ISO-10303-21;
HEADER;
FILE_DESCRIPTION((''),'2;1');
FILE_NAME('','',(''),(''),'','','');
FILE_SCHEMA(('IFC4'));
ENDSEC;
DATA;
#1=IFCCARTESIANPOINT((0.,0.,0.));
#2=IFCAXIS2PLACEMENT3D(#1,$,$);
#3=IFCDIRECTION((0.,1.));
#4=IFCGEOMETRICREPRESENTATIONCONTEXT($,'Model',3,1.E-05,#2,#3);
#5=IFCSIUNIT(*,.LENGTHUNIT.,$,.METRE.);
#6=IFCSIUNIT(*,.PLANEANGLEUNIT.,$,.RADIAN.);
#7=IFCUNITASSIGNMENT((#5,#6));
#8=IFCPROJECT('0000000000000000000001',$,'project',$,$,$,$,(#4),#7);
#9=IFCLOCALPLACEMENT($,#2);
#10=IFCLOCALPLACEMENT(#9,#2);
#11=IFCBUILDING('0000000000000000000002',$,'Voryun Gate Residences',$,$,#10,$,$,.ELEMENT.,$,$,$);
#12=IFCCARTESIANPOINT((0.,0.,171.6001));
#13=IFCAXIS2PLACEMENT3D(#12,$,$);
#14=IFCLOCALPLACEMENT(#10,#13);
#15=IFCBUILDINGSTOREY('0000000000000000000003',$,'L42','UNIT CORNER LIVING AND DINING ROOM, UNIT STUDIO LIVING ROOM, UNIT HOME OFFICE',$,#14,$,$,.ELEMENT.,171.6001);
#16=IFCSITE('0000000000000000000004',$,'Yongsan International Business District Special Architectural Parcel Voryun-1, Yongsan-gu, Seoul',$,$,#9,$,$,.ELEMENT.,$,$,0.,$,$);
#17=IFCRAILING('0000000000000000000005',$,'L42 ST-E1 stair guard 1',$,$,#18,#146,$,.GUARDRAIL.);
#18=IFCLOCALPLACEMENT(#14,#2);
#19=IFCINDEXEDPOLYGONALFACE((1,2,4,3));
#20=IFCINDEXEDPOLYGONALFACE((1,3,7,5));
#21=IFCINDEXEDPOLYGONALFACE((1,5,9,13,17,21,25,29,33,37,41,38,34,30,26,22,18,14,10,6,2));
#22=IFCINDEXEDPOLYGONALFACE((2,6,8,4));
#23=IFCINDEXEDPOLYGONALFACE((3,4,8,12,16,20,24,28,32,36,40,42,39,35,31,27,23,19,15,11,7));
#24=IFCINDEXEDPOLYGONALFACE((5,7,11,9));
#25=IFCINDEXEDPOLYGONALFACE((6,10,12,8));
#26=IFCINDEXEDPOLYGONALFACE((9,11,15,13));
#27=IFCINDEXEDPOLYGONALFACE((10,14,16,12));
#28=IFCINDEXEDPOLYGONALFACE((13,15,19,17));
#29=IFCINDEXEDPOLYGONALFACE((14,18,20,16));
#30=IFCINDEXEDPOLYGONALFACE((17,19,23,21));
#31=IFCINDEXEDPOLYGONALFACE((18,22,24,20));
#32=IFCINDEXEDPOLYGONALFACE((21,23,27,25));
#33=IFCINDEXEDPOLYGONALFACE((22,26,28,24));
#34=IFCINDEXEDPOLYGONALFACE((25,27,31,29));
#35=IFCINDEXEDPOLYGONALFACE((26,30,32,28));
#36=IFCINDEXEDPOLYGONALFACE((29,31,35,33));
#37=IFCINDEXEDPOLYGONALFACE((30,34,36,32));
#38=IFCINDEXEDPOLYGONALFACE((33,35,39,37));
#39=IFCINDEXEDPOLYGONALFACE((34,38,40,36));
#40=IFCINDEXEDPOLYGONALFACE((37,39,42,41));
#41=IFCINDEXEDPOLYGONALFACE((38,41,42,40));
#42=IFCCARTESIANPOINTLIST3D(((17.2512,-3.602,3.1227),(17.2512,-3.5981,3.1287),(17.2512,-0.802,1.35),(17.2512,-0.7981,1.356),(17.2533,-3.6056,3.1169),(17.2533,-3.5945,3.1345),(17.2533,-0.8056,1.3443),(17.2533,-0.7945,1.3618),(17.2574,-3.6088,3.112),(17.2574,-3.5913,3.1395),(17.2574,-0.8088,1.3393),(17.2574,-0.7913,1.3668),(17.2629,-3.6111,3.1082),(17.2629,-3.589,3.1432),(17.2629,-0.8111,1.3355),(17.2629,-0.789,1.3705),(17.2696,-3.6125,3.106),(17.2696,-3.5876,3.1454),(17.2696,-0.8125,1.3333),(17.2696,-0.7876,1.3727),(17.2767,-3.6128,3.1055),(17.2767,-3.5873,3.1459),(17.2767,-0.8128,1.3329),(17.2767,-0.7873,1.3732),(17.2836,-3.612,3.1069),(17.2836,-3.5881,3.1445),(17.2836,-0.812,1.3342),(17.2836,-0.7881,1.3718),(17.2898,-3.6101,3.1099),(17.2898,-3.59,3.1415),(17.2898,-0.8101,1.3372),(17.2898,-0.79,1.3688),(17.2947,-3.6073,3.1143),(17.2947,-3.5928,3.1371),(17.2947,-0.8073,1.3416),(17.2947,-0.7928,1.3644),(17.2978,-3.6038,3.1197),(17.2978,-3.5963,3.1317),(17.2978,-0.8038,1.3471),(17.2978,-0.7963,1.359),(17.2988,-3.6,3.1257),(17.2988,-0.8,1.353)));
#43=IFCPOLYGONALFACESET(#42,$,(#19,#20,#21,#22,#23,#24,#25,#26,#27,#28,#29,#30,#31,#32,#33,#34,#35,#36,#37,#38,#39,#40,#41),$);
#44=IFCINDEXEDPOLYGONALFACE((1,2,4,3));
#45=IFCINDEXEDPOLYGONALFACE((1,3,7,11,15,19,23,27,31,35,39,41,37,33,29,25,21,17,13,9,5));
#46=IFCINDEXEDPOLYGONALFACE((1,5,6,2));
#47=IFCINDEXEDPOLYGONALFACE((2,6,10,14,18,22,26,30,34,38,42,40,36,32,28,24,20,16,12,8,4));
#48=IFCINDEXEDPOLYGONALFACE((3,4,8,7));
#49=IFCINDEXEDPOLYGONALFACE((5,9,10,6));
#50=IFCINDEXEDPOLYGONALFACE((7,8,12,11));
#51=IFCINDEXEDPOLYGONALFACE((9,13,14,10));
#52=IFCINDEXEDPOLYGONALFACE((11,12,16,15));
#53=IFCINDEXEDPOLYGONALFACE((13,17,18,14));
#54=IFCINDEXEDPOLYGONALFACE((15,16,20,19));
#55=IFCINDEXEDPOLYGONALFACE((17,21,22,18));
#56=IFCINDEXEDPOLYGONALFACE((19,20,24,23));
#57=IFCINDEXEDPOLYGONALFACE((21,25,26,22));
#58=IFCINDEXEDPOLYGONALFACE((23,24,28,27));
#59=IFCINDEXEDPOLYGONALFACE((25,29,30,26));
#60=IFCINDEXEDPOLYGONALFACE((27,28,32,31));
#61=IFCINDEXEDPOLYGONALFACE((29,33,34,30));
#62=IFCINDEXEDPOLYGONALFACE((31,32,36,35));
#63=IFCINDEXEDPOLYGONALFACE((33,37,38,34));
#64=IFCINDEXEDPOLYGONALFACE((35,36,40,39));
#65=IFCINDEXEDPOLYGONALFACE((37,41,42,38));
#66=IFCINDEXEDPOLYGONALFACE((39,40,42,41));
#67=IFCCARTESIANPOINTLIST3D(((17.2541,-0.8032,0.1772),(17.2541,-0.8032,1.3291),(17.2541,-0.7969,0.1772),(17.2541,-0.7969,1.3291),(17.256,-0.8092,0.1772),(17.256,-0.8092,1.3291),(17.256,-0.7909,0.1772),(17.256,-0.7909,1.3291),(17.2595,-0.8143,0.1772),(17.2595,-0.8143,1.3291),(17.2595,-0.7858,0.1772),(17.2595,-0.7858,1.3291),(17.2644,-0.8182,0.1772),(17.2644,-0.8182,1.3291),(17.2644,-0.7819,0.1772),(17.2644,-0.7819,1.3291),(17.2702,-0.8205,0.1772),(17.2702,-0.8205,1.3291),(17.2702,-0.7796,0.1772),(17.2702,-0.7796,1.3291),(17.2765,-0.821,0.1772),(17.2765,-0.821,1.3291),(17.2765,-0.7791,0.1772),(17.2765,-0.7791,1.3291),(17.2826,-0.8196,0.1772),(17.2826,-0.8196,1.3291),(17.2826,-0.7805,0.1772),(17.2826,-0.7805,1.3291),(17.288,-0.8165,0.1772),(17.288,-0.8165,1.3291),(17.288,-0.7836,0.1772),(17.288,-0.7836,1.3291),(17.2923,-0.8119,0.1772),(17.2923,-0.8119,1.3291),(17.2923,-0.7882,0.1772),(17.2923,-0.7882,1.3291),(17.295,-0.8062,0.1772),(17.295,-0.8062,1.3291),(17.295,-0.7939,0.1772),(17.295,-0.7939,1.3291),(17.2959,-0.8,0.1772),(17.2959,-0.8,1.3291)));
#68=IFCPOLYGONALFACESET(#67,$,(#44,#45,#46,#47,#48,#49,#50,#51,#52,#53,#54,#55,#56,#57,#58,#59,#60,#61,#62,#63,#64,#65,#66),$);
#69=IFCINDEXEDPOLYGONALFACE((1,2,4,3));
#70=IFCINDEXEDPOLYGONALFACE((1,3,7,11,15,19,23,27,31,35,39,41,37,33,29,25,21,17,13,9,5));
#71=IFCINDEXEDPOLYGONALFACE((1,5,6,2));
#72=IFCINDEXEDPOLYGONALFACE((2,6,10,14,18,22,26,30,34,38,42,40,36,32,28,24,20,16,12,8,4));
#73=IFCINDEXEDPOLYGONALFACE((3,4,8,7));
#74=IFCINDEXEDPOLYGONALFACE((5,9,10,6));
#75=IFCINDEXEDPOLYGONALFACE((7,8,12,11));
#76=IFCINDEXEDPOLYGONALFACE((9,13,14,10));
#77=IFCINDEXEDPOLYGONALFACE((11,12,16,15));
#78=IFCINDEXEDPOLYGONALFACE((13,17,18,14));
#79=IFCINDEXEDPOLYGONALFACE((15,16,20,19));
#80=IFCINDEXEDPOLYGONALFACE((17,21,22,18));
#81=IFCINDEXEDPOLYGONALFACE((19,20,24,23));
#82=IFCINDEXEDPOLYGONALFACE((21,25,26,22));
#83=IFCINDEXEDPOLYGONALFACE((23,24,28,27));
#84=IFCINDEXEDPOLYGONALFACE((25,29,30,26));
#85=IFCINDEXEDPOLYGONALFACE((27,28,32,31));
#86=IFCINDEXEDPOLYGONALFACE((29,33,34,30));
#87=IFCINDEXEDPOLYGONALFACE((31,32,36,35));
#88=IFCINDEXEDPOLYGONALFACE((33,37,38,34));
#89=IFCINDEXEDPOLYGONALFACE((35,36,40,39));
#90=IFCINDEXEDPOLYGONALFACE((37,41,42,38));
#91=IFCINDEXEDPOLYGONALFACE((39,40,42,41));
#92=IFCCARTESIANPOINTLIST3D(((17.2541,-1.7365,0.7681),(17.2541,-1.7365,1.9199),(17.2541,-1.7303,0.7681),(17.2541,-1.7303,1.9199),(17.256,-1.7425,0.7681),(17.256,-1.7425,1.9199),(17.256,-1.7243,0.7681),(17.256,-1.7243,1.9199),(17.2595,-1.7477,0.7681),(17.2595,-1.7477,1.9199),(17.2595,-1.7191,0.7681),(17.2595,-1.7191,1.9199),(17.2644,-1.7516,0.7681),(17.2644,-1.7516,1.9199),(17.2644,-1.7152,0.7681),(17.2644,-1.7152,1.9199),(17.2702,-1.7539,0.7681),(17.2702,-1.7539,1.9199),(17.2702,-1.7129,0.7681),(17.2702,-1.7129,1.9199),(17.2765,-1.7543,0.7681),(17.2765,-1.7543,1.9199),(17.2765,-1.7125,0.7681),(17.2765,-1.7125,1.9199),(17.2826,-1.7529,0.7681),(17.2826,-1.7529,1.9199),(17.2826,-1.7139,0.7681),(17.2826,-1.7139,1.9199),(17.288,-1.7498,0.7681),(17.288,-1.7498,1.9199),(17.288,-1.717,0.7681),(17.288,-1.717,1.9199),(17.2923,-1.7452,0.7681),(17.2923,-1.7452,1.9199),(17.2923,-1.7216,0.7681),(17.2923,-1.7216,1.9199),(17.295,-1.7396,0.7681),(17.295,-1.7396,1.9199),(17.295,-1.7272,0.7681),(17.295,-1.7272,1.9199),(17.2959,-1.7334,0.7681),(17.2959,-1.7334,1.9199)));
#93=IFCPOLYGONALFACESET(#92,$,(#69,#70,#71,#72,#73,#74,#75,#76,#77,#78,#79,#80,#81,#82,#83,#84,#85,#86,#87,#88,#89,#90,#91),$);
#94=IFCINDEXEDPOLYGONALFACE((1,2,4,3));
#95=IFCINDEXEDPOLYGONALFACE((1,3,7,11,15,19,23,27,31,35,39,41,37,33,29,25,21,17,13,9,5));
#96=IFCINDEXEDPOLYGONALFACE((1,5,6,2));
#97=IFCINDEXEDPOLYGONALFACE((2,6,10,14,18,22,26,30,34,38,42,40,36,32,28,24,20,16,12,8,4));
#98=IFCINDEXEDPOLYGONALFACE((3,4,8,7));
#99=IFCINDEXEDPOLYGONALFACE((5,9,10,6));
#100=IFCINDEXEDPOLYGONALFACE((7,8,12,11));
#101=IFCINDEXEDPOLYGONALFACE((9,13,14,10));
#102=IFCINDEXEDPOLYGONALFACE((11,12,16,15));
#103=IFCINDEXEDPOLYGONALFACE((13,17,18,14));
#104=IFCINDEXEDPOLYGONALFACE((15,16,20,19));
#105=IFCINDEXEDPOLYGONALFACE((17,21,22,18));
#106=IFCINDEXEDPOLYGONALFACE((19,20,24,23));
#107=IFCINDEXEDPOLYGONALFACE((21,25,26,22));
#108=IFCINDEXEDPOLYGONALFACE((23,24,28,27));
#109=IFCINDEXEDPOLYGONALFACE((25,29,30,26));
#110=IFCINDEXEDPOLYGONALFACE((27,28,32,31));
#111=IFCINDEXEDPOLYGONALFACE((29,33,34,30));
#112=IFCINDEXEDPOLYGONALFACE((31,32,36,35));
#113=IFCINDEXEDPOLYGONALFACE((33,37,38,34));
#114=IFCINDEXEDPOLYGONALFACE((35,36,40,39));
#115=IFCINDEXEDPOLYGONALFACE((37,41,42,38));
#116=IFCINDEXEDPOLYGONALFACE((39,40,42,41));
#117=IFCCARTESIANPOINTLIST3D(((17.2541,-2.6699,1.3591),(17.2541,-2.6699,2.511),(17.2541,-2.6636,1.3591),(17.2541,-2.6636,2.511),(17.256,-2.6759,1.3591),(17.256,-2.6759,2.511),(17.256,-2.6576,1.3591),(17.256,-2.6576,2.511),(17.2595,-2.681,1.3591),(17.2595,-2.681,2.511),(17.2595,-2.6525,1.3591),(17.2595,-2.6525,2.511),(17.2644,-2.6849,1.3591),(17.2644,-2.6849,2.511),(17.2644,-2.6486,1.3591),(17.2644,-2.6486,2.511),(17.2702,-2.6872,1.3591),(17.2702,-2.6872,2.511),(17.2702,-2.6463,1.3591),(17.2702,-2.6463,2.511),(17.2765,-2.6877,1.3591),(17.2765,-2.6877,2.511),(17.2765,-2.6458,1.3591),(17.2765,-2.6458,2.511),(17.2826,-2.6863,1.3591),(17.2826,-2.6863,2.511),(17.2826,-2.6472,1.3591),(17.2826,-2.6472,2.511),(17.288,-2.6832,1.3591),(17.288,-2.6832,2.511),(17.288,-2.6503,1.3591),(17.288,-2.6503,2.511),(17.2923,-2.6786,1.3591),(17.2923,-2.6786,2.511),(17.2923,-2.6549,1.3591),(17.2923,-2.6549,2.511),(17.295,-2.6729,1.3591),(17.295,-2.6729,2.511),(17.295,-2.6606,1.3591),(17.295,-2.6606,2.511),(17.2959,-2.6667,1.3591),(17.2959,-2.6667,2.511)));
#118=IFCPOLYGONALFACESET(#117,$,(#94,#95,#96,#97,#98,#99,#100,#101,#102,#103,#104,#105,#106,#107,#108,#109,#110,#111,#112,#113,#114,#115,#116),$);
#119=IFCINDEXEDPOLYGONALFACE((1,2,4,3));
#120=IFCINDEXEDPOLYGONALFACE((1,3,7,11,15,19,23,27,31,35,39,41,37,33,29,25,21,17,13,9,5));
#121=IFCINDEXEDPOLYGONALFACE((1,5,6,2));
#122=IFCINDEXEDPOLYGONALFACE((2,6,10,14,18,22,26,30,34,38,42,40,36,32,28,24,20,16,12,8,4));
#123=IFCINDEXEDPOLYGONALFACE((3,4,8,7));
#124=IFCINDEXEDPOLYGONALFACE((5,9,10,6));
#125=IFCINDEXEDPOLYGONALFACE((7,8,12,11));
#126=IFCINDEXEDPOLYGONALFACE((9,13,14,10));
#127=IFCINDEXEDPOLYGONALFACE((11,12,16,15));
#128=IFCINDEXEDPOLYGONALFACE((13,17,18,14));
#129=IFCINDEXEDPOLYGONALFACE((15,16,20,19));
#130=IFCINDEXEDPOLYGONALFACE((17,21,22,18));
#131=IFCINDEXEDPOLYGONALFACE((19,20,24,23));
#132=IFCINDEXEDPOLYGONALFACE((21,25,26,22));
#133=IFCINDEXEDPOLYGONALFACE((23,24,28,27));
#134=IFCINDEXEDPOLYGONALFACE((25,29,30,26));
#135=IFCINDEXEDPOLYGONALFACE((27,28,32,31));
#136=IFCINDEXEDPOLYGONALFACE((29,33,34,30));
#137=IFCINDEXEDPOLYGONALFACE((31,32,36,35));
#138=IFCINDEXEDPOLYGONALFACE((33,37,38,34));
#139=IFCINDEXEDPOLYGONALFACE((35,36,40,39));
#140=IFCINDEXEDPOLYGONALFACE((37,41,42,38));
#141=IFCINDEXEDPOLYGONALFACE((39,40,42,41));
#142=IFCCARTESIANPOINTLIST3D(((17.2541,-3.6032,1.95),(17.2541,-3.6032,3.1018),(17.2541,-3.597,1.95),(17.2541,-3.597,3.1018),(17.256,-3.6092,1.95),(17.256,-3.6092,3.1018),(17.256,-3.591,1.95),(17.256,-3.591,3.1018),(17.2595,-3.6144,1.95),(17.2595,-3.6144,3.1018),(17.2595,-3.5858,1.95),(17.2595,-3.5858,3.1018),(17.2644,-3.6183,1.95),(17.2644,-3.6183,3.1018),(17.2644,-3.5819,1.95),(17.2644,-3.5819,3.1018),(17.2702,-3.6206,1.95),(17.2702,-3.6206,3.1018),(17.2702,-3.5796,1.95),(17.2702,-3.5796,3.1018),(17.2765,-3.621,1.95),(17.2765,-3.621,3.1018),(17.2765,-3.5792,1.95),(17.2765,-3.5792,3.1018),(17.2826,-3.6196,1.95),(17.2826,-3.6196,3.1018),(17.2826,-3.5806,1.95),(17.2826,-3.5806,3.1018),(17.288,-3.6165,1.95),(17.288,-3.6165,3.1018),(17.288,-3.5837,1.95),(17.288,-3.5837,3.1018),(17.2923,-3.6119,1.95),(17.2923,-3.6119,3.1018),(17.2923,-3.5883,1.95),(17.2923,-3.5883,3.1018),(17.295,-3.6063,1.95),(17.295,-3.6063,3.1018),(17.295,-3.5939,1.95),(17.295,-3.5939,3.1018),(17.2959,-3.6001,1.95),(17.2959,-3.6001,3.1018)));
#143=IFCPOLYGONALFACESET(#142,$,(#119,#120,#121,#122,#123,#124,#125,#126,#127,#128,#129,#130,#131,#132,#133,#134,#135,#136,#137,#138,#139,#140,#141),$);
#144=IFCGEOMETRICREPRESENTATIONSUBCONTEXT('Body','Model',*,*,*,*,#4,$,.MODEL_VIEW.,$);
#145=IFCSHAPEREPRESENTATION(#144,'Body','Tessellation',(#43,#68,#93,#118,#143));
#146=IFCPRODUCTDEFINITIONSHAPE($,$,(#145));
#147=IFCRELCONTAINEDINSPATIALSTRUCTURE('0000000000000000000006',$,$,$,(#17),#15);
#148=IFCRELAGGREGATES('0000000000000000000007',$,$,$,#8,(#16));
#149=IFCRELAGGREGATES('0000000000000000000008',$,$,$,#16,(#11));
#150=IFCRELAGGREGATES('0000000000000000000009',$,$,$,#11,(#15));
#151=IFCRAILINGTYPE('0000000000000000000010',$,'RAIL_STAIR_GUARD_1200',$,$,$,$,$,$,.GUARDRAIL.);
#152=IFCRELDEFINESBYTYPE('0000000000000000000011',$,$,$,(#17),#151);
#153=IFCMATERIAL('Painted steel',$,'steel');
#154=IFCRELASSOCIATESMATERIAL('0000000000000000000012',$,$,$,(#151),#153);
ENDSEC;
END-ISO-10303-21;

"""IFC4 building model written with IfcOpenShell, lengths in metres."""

from ifc_helpers import new_model, si_unit, direction, frame, origin, origin_2d, place, context, subcontext, project, spatial, circle, extrude, material, type_object, element, save


model = new_model("IFC4")

# Units and contexts
model_context = context("Model", 3, precision=1e-05, world=origin(), true_north=direction((0.0, 1.0)))
body_context = subcontext(model_context, "Body", "Model", "MODEL_VIEW")
ifc_project = project(units=[si_unit("LENGTHUNIT", "METRE"), si_unit("PLANEANGLEUNIT", "RADIAN")], contexts=[model_context])

# Site, building, storey
site_placement = place(None, origin())
site = spatial("IfcSite", under=ifc_project, at=site_placement, Name="Yongsan International Business District Special Architectural Parcel Voryun-1, Yongsan-gu, Seoul", CompositionType="ELEMENT", RefElevation=0.0)
building_placement = place(site_placement, origin())
building = spatial("IfcBuilding", under=site, at=building_placement, Name="Voryun Gate Residences", CompositionType="ELEMENT")
storey_placement = place(building_placement, frame((0.0, 0.0, 171.6001)))
storey = spatial("IfcBuildingStorey", under=building, at=storey_placement, Name="L42", Description="UNIT CORNER LIVING AND DINING ROOM, UNIT STUDIO LIVING ROOM, UNIT HOME OFFICE", CompositionType="ELEMENT", Elevation=171.6001)

# Railing
ifc_material_1 = material(Name="Painted steel", Category="steel")
railing_type_1 = type_object("IfcRailingType", Name="RAIL_STAIR_GUARD_1200", PredefinedType="GUARDRAIL", material=ifc_material_1)
railing_1_placement = place(storey_placement, frame((17.2749, -0.8, 0.1772)))
element("IfcRailing", 1, at=railing_1_placement, inside=storey, type_object=railing_type_1, Name="L42 ST-E1 stair guard 1", PredefinedType="GUARDRAIL", context=body_context, shape_type="SweptSolid", body=[
    extrude(circle(Radius=0.0239, at=origin_2d()), frame((0.0, 0.0, 1.1758), z_axis=(0.0, -0.844909, 0.53491), x_axis=(1.0, 0.0, 0.0)), (0.0, 0.0, 1.0), 3.314),
    extrude(circle(Radius=0.021, at=origin_2d()), origin(), (0.0, 0.0, 1.0), 1.1519),
    extrude(circle(Radius=0.021, at=origin_2d()), frame((0.0, -0.9333, 0.5908)), (0.0, 0.0, 1.0), 1.1519),
    extrude(circle(Radius=0.021, at=origin_2d()), frame((0.0, -1.8667, 1.1819)), (0.0, 0.0, 1.0), 1.1519),
    extrude(circle(Radius=0.021, at=origin_2d()), frame((0.0, -2.8, 1.7727)), (0.0, 0.0, 1.0), 1.1519),
])

save(model, "model.ifc")
